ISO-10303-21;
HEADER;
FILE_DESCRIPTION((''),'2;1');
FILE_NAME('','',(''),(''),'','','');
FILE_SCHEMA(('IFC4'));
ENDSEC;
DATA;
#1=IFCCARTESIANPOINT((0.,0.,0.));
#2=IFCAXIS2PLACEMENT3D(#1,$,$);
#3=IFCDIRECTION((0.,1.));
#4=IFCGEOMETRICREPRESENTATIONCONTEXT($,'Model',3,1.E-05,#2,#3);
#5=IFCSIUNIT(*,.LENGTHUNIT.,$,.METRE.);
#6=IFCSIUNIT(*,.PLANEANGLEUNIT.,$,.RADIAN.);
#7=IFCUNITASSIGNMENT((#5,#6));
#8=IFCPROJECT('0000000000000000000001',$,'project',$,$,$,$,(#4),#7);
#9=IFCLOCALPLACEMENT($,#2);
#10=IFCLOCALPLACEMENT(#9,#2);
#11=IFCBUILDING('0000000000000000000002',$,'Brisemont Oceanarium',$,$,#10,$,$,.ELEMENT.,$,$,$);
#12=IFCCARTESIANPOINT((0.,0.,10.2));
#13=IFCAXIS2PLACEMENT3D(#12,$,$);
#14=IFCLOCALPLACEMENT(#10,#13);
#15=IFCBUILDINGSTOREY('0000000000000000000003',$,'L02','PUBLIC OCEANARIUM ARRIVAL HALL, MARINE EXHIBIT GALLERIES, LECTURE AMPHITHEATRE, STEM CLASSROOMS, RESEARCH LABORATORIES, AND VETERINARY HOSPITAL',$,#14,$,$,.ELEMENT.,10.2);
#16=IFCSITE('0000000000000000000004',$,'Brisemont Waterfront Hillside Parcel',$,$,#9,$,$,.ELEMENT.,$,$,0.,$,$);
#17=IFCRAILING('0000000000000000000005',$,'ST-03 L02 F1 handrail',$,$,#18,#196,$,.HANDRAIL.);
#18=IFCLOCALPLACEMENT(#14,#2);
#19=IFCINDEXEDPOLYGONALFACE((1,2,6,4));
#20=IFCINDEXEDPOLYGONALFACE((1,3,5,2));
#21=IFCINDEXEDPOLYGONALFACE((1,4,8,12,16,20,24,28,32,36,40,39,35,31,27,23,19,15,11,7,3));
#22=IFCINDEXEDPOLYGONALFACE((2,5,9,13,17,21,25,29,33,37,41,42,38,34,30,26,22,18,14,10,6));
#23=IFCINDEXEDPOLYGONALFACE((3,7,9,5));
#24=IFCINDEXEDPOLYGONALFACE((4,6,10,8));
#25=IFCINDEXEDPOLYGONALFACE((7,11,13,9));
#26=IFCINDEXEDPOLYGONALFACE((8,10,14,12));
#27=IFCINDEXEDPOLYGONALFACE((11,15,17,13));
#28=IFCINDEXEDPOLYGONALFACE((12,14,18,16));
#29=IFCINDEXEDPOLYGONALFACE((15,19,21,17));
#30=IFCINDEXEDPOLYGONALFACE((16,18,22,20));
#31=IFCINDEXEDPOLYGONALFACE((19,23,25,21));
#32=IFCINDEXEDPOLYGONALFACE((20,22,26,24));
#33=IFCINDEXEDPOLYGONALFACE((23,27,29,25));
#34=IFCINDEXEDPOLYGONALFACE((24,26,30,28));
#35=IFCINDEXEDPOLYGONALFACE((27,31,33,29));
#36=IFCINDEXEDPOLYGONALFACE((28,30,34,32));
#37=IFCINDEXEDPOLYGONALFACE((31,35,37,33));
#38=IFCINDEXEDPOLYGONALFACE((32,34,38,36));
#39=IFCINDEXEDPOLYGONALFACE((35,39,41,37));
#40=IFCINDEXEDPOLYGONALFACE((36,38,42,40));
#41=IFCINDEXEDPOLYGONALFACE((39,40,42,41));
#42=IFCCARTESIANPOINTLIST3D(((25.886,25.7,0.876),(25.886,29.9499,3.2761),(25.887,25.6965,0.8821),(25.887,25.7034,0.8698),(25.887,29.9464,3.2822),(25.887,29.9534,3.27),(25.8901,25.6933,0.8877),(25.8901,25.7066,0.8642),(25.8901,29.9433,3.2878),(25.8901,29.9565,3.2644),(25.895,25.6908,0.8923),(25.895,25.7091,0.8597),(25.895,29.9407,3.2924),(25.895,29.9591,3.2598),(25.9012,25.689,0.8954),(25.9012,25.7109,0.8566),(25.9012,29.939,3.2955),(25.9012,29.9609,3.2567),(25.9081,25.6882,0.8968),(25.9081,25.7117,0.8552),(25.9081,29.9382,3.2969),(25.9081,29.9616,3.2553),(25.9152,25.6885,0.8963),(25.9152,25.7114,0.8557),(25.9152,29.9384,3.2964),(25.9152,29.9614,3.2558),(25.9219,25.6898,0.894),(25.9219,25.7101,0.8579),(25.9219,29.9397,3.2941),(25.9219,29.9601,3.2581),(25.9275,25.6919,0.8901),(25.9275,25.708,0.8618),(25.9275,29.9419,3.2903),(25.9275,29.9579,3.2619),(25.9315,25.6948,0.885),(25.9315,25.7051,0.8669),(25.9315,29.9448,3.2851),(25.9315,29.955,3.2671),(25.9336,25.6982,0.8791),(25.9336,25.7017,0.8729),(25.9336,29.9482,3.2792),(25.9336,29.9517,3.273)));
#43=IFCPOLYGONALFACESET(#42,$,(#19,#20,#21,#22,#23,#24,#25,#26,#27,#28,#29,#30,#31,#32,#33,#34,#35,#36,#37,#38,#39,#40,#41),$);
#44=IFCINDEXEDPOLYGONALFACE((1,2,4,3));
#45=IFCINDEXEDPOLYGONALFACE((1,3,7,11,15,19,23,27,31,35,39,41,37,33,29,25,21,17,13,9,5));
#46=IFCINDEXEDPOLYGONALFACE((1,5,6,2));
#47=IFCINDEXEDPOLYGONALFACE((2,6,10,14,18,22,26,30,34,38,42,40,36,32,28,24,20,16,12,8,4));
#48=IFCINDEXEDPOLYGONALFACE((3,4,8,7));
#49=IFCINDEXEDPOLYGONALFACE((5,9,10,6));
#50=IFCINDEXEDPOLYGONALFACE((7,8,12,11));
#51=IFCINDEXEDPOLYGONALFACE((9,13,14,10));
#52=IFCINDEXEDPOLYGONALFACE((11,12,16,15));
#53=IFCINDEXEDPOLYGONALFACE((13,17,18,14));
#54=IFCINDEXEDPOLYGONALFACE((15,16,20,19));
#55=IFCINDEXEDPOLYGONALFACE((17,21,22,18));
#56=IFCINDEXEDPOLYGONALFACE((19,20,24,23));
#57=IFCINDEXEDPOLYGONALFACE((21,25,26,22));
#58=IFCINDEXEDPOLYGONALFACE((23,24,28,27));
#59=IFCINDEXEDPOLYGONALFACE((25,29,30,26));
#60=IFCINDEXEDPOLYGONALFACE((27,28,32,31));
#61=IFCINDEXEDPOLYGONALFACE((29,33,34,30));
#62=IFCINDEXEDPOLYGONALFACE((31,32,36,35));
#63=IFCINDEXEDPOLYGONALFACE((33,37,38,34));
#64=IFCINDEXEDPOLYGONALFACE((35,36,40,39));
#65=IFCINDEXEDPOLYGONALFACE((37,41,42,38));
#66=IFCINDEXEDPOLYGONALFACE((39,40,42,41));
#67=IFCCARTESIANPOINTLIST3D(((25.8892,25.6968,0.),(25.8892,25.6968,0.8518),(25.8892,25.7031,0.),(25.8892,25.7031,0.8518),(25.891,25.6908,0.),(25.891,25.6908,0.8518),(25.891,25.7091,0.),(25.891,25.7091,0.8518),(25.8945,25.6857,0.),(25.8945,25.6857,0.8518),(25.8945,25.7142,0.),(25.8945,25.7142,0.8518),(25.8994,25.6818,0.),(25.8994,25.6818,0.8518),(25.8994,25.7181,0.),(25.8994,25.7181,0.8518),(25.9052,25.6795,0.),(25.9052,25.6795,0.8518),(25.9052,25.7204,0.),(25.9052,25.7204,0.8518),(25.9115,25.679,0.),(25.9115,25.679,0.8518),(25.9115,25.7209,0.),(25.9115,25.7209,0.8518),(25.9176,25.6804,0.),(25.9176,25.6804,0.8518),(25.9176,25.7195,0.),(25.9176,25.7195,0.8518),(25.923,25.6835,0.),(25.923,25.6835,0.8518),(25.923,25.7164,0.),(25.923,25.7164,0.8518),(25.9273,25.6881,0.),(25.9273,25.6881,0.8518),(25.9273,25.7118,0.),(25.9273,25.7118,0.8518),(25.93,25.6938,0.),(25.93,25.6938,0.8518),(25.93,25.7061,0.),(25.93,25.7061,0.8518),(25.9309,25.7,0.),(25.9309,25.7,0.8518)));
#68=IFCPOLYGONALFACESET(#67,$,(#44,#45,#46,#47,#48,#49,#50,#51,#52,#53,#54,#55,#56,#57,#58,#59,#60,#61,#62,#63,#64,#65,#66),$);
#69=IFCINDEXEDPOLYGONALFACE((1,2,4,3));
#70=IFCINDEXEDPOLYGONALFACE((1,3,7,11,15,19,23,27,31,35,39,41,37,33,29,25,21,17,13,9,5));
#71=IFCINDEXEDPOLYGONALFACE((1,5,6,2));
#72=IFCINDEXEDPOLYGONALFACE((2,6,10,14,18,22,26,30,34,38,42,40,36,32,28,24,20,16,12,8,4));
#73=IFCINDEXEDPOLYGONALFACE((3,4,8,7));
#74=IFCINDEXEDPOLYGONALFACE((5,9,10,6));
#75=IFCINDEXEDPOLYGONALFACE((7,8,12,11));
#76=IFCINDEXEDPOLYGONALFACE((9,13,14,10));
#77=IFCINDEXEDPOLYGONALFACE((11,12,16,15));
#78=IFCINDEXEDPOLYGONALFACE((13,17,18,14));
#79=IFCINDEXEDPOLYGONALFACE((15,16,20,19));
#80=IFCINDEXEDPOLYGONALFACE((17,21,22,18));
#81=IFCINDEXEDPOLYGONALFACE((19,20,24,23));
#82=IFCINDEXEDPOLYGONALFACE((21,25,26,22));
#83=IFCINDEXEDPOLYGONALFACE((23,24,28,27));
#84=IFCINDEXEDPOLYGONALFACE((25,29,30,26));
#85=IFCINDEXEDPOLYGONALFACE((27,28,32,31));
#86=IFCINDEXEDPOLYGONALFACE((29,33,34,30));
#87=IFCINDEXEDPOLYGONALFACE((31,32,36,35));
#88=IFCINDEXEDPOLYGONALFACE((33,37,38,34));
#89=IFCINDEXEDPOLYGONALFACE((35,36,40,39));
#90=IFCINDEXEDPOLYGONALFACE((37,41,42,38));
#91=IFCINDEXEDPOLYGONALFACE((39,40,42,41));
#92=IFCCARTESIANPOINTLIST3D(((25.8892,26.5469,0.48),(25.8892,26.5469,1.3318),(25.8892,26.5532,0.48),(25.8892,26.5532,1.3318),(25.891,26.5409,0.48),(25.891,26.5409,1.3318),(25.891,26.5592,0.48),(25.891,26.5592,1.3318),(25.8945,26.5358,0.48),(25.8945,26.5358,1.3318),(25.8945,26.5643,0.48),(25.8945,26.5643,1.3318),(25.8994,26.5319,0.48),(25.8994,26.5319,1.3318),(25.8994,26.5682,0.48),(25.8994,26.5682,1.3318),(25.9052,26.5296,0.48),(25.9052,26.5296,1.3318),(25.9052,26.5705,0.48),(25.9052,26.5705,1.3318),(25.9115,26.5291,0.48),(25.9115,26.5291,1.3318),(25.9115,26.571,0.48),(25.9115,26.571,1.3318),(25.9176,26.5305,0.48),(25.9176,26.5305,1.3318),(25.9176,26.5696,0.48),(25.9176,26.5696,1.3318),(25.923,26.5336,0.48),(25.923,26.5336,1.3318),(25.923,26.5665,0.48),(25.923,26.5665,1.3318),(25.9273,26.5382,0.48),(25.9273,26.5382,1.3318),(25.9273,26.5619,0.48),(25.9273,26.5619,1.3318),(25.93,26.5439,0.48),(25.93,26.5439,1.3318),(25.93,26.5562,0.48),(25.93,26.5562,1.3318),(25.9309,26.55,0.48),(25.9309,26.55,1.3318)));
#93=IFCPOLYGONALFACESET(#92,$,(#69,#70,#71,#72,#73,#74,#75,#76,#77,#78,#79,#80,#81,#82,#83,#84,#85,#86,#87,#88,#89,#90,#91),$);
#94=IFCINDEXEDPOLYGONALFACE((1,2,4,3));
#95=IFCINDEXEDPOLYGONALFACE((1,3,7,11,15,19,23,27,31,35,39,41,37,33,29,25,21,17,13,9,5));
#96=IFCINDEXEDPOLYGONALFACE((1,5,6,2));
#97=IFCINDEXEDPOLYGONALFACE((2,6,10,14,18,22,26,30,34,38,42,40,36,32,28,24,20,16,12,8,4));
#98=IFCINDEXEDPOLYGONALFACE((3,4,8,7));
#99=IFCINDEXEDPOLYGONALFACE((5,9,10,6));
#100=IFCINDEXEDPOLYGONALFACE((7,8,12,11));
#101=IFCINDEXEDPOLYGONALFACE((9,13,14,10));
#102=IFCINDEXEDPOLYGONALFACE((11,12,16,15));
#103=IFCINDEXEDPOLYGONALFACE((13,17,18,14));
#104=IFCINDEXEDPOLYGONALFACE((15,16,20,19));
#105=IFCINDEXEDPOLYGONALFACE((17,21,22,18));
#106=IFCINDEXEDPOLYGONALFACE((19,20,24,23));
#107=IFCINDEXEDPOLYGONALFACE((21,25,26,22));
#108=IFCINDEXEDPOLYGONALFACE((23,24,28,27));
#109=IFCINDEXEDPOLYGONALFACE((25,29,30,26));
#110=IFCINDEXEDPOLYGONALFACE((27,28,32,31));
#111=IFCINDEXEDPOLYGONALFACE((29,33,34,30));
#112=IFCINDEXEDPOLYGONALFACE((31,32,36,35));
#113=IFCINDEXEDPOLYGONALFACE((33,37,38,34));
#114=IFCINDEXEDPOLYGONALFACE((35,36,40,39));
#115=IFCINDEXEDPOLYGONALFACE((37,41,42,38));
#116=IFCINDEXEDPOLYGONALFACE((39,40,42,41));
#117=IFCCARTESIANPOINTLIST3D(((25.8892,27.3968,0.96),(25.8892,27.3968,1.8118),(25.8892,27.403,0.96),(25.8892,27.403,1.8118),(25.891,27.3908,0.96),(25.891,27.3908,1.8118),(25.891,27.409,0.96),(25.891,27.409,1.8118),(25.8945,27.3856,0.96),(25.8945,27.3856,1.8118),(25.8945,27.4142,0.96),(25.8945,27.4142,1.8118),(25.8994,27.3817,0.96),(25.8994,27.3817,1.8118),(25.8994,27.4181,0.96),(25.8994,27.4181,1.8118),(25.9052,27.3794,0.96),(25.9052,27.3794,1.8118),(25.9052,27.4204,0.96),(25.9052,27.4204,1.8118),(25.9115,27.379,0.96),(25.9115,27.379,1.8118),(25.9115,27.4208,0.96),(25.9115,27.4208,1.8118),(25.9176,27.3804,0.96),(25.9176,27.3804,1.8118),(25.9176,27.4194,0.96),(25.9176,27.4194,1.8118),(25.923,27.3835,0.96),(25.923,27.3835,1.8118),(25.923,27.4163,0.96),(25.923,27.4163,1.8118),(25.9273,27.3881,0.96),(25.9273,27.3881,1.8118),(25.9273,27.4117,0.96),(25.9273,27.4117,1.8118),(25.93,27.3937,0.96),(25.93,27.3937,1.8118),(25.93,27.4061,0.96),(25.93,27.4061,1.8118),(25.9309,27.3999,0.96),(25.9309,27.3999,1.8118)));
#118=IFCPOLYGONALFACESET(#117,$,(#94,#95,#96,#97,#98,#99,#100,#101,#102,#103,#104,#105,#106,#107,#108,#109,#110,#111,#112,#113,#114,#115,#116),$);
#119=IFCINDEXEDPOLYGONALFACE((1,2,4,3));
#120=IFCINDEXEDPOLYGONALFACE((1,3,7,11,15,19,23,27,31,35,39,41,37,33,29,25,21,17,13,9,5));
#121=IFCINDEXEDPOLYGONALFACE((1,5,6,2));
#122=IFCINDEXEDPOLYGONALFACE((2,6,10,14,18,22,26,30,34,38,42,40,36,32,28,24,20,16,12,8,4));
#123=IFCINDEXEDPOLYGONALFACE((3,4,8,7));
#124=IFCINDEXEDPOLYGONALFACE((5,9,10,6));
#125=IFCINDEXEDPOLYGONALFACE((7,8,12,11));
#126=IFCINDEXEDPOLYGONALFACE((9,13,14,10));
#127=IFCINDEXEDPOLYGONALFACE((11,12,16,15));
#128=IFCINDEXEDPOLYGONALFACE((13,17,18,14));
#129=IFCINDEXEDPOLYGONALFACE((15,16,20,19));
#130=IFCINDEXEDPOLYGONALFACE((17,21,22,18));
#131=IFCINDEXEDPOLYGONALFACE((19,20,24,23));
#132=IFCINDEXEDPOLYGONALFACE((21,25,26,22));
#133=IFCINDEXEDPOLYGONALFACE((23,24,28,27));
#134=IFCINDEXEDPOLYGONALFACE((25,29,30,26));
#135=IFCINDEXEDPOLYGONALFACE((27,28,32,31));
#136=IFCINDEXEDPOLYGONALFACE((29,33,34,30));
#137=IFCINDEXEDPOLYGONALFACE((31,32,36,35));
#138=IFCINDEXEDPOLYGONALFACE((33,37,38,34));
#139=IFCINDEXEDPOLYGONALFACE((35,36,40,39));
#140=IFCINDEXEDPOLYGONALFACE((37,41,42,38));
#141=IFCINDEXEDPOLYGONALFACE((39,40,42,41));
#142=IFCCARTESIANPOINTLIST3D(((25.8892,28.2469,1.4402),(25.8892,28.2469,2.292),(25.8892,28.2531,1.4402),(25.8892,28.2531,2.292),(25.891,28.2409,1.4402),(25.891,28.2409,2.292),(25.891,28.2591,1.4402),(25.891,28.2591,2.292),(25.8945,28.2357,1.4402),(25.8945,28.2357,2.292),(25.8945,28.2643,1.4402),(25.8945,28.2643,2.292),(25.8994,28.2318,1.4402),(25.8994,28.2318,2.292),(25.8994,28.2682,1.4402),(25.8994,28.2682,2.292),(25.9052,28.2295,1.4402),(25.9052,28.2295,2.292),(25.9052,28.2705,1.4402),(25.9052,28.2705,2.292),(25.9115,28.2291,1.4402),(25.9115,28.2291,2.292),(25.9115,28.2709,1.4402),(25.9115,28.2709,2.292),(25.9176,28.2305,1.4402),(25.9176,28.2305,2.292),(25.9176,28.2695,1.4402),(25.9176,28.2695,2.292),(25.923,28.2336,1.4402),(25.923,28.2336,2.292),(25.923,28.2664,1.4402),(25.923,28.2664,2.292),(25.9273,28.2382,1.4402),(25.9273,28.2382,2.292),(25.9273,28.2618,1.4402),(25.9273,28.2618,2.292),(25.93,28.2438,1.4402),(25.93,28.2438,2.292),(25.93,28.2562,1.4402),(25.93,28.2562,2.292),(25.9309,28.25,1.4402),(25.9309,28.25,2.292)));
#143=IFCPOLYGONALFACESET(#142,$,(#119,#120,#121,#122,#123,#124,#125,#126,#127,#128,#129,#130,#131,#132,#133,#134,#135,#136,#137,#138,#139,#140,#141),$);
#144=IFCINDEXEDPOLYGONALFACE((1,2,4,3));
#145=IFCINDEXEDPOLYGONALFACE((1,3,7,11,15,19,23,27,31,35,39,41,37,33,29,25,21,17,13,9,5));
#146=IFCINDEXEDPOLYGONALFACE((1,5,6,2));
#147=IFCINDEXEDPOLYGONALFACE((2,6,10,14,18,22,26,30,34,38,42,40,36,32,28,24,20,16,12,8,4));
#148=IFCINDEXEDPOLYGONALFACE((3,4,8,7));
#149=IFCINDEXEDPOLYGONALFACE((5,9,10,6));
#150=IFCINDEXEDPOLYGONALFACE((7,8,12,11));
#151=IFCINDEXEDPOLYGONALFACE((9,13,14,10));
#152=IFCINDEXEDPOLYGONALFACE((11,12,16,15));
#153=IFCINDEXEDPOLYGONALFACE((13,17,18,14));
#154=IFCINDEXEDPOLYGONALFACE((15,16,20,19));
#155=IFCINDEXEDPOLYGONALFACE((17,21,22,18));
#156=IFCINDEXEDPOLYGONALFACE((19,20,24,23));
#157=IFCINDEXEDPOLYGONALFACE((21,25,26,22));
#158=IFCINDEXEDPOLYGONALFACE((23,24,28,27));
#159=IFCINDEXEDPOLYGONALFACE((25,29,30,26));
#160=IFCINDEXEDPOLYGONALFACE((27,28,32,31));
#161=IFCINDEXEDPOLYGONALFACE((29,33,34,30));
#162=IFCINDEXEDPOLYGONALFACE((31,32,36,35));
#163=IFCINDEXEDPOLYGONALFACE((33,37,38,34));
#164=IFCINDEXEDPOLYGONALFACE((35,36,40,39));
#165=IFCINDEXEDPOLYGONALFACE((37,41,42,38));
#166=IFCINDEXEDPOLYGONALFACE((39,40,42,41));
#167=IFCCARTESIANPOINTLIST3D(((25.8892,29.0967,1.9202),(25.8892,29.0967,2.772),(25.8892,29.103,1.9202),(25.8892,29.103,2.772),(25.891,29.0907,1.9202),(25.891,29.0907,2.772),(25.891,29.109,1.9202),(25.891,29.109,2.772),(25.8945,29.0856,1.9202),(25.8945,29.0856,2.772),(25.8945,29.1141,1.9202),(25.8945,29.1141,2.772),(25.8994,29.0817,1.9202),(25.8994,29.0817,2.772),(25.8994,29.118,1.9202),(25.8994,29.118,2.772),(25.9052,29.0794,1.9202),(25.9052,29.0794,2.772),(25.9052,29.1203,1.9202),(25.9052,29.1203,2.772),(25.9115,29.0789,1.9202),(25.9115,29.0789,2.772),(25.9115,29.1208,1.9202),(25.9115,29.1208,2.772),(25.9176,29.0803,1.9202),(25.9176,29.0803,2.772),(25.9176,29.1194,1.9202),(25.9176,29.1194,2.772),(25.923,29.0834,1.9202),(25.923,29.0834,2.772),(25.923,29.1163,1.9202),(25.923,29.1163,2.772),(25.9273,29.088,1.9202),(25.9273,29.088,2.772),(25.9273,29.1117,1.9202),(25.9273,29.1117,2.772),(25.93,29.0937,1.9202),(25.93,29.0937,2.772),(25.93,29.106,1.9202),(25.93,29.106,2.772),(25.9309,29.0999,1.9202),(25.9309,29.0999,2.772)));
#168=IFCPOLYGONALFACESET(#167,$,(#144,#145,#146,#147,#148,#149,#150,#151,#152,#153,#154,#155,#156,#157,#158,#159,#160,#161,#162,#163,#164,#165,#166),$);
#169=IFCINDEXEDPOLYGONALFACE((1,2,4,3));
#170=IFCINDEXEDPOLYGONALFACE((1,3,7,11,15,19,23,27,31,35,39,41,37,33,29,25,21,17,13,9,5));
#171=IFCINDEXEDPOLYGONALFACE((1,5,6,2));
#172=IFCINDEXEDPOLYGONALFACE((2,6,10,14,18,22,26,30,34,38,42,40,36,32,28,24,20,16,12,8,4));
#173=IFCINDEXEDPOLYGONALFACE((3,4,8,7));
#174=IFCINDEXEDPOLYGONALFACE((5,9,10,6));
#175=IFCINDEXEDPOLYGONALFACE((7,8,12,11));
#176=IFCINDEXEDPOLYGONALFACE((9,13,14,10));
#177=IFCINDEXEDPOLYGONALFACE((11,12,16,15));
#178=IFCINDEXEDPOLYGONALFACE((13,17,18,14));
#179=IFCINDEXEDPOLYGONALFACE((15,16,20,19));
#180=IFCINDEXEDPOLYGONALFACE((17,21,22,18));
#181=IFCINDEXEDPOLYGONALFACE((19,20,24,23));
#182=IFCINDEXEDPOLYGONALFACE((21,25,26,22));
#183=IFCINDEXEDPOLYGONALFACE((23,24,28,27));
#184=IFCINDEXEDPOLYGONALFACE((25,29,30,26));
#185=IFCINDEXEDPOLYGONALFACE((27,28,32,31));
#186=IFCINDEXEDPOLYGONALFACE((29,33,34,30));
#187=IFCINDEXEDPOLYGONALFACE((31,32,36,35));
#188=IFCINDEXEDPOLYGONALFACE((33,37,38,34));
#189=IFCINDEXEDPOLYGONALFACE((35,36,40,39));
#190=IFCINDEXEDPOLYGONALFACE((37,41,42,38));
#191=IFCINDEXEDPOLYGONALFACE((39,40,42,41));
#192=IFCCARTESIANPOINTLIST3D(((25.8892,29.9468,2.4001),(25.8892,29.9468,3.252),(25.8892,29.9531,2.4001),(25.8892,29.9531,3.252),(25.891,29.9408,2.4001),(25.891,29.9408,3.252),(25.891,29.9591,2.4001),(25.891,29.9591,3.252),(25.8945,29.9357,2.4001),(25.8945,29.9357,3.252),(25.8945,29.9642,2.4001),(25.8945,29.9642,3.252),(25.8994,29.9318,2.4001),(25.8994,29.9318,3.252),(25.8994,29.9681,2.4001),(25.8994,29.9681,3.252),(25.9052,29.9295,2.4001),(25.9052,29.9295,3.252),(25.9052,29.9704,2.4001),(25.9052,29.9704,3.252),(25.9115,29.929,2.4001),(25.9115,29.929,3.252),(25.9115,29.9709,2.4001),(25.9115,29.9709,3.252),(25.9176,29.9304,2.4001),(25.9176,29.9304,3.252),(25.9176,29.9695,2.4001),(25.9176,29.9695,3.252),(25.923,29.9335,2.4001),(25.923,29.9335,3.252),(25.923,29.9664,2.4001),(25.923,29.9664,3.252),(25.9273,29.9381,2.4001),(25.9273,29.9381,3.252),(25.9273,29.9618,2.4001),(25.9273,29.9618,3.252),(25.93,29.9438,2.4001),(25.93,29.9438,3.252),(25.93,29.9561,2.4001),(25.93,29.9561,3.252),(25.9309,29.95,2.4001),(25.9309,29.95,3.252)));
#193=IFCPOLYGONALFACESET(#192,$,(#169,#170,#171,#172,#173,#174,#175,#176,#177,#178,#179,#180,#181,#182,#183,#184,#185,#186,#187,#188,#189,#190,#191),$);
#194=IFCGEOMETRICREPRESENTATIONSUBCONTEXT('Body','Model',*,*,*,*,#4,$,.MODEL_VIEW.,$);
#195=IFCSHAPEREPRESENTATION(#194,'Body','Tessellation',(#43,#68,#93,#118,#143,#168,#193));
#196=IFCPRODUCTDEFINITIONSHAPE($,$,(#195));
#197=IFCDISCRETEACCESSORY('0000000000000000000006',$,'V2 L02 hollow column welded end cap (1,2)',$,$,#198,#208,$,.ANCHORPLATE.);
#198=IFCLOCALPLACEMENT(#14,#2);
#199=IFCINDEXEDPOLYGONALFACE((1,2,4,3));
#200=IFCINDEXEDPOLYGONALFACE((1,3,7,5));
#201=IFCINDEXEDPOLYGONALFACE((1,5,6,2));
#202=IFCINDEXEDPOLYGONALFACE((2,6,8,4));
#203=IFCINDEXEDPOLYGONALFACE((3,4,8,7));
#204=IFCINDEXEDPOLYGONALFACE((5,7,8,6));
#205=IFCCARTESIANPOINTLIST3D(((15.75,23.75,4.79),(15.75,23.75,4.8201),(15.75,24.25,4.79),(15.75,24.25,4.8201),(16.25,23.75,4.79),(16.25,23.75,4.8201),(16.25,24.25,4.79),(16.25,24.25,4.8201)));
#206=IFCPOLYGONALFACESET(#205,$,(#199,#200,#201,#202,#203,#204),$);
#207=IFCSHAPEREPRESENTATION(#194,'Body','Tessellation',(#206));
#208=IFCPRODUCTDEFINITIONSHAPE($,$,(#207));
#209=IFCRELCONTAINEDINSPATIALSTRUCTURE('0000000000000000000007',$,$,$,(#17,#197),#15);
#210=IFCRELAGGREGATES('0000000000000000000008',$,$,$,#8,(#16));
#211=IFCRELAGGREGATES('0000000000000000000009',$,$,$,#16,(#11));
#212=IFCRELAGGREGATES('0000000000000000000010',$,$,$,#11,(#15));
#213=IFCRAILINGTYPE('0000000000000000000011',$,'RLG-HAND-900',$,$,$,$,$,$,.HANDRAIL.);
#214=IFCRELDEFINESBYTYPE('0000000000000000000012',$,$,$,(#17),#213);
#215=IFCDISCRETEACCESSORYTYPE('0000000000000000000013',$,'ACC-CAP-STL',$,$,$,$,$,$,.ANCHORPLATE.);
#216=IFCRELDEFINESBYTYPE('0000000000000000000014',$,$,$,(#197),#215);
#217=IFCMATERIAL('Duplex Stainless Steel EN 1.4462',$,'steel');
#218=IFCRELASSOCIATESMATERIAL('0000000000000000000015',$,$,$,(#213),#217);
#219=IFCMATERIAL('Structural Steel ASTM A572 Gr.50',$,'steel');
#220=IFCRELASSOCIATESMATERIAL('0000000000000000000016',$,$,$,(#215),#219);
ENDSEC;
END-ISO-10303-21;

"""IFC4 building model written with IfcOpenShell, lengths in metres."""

from ifc_helpers import new_model, si_unit, direction, frame, origin, origin_2d, place, context, subcontext, project, spatial, rectangle, circle, extrude, material, type_object, element, save


model = new_model("IFC4")

# Units and contexts
model_context = context("Model", 3, precision=1e-05, world=origin(), true_north=direction((0.0, 1.0)))
body_context = subcontext(model_context, "Body", "Model", "MODEL_VIEW")
ifc_project = project(units=[si_unit("LENGTHUNIT", "METRE"), si_unit("PLANEANGLEUNIT", "RADIAN")], contexts=[model_context])

# Site, building, storey
site_placement = place(None, origin())
site = spatial("IfcSite", under=ifc_project, at=site_placement, Name="Brisemont Waterfront Hillside Parcel", CompositionType="ELEMENT", RefElevation=0.0)
building_placement = place(site_placement, origin())
building = spatial("IfcBuilding", under=site, at=building_placement, Name="Brisemont Oceanarium", CompositionType="ELEMENT")
storey_placement = place(building_placement, frame((0.0, 0.0, 10.2)))
storey = spatial("IfcBuildingStorey", under=building, at=storey_placement, Name="L02", Description="PUBLIC OCEANARIUM ARRIVAL HALL, MARINE EXHIBIT GALLERIES, LECTURE AMPHITHEATRE, STEM CLASSROOMS, RESEARCH LABORATORIES, AND VETERINARY HOSPITAL", CompositionType="ELEMENT", Elevation=10.2)

# Railing
ifc_material_1 = material(Name="Duplex Stainless Steel EN 1.4462", Category="steel")
railing_type_1 = type_object("IfcRailingType", Name="RLG-HAND-900", PredefinedType="HANDRAIL", material=ifc_material_1)
railing_1_placement = place(storey_placement, frame((25.9099, 25.7, 0.0)))
element("IfcRailing", 1, at=railing_1_placement, inside=storey, type_object=railing_type_1, Name="ST-03 L02 F1 handrail", PredefinedType="HANDRAIL", context=body_context, shape_type="SweptSolid", body=[
    extrude(circle(Radius=0.0239, at=origin_2d()), frame((0.0, 0.0, 0.876), z_axis=(0.0, 0.870741, 0.491742), x_axis=(-1.0, 0.0, 0.0)), (0.0, 0.0, 1.0), 4.8809),
    extrude(circle(Radius=0.021, at=origin_2d()), origin(), (0.0, 0.0, 1.0), 0.8518),
    extrude(circle(Radius=0.021, at=origin_2d()), frame((0.0, 0.8501, 0.48)), (0.0, 0.0, 1.0), 0.8518),
    extrude(circle(Radius=0.021, at=origin_2d()), frame((0.0, 1.7, 0.96)), (0.0, 0.0, 1.0), 0.8518),
    extrude(circle(Radius=0.021, at=origin_2d()), frame((0.0, 2.55, 1.4402)), (0.0, 0.0, 1.0), 0.8518),
    extrude(circle(Radius=0.021, at=origin_2d()), frame((0.0, 3.3999, 1.9202)), (0.0, 0.0, 1.0), 0.8518),
    extrude(circle(Radius=0.021, at=origin_2d()), frame((0.0, 4.25, 2.4001)), (0.0, 0.0, 1.0), 0.8518),
])

# Discrete accessory
ifc_material_2 = material(Name="Structural Steel ASTM A572 Gr.50", Category="steel")
discrete_accessory_type = type_object("IfcDiscreteAccessoryType", Name="ACC-CAP-STL", PredefinedType="ANCHORPLATE", material=ifc_material_2)
discrete_accessory_placement = place(storey_placement, frame((16.0, 24.0, 4.79), z_axis=(0.0, 0.0, 1.0), x_axis=(1.0, 0.0, 0.0)))
element("IfcDiscreteAccessory", 2, at=discrete_accessory_placement, inside=storey, type_object=discrete_accessory_type, Name="V2 L02 hollow column welded end cap (1,2)", PredefinedType="ANCHORPLATE", context=body_context, shape_type="SweptSolid", body=[
    extrude(rectangle(XDim=0.5, YDim=0.5, at=origin_2d()), origin(), (0.0, 0.0, 1.0), 0.03),
])

save(model, "model.ifc")
